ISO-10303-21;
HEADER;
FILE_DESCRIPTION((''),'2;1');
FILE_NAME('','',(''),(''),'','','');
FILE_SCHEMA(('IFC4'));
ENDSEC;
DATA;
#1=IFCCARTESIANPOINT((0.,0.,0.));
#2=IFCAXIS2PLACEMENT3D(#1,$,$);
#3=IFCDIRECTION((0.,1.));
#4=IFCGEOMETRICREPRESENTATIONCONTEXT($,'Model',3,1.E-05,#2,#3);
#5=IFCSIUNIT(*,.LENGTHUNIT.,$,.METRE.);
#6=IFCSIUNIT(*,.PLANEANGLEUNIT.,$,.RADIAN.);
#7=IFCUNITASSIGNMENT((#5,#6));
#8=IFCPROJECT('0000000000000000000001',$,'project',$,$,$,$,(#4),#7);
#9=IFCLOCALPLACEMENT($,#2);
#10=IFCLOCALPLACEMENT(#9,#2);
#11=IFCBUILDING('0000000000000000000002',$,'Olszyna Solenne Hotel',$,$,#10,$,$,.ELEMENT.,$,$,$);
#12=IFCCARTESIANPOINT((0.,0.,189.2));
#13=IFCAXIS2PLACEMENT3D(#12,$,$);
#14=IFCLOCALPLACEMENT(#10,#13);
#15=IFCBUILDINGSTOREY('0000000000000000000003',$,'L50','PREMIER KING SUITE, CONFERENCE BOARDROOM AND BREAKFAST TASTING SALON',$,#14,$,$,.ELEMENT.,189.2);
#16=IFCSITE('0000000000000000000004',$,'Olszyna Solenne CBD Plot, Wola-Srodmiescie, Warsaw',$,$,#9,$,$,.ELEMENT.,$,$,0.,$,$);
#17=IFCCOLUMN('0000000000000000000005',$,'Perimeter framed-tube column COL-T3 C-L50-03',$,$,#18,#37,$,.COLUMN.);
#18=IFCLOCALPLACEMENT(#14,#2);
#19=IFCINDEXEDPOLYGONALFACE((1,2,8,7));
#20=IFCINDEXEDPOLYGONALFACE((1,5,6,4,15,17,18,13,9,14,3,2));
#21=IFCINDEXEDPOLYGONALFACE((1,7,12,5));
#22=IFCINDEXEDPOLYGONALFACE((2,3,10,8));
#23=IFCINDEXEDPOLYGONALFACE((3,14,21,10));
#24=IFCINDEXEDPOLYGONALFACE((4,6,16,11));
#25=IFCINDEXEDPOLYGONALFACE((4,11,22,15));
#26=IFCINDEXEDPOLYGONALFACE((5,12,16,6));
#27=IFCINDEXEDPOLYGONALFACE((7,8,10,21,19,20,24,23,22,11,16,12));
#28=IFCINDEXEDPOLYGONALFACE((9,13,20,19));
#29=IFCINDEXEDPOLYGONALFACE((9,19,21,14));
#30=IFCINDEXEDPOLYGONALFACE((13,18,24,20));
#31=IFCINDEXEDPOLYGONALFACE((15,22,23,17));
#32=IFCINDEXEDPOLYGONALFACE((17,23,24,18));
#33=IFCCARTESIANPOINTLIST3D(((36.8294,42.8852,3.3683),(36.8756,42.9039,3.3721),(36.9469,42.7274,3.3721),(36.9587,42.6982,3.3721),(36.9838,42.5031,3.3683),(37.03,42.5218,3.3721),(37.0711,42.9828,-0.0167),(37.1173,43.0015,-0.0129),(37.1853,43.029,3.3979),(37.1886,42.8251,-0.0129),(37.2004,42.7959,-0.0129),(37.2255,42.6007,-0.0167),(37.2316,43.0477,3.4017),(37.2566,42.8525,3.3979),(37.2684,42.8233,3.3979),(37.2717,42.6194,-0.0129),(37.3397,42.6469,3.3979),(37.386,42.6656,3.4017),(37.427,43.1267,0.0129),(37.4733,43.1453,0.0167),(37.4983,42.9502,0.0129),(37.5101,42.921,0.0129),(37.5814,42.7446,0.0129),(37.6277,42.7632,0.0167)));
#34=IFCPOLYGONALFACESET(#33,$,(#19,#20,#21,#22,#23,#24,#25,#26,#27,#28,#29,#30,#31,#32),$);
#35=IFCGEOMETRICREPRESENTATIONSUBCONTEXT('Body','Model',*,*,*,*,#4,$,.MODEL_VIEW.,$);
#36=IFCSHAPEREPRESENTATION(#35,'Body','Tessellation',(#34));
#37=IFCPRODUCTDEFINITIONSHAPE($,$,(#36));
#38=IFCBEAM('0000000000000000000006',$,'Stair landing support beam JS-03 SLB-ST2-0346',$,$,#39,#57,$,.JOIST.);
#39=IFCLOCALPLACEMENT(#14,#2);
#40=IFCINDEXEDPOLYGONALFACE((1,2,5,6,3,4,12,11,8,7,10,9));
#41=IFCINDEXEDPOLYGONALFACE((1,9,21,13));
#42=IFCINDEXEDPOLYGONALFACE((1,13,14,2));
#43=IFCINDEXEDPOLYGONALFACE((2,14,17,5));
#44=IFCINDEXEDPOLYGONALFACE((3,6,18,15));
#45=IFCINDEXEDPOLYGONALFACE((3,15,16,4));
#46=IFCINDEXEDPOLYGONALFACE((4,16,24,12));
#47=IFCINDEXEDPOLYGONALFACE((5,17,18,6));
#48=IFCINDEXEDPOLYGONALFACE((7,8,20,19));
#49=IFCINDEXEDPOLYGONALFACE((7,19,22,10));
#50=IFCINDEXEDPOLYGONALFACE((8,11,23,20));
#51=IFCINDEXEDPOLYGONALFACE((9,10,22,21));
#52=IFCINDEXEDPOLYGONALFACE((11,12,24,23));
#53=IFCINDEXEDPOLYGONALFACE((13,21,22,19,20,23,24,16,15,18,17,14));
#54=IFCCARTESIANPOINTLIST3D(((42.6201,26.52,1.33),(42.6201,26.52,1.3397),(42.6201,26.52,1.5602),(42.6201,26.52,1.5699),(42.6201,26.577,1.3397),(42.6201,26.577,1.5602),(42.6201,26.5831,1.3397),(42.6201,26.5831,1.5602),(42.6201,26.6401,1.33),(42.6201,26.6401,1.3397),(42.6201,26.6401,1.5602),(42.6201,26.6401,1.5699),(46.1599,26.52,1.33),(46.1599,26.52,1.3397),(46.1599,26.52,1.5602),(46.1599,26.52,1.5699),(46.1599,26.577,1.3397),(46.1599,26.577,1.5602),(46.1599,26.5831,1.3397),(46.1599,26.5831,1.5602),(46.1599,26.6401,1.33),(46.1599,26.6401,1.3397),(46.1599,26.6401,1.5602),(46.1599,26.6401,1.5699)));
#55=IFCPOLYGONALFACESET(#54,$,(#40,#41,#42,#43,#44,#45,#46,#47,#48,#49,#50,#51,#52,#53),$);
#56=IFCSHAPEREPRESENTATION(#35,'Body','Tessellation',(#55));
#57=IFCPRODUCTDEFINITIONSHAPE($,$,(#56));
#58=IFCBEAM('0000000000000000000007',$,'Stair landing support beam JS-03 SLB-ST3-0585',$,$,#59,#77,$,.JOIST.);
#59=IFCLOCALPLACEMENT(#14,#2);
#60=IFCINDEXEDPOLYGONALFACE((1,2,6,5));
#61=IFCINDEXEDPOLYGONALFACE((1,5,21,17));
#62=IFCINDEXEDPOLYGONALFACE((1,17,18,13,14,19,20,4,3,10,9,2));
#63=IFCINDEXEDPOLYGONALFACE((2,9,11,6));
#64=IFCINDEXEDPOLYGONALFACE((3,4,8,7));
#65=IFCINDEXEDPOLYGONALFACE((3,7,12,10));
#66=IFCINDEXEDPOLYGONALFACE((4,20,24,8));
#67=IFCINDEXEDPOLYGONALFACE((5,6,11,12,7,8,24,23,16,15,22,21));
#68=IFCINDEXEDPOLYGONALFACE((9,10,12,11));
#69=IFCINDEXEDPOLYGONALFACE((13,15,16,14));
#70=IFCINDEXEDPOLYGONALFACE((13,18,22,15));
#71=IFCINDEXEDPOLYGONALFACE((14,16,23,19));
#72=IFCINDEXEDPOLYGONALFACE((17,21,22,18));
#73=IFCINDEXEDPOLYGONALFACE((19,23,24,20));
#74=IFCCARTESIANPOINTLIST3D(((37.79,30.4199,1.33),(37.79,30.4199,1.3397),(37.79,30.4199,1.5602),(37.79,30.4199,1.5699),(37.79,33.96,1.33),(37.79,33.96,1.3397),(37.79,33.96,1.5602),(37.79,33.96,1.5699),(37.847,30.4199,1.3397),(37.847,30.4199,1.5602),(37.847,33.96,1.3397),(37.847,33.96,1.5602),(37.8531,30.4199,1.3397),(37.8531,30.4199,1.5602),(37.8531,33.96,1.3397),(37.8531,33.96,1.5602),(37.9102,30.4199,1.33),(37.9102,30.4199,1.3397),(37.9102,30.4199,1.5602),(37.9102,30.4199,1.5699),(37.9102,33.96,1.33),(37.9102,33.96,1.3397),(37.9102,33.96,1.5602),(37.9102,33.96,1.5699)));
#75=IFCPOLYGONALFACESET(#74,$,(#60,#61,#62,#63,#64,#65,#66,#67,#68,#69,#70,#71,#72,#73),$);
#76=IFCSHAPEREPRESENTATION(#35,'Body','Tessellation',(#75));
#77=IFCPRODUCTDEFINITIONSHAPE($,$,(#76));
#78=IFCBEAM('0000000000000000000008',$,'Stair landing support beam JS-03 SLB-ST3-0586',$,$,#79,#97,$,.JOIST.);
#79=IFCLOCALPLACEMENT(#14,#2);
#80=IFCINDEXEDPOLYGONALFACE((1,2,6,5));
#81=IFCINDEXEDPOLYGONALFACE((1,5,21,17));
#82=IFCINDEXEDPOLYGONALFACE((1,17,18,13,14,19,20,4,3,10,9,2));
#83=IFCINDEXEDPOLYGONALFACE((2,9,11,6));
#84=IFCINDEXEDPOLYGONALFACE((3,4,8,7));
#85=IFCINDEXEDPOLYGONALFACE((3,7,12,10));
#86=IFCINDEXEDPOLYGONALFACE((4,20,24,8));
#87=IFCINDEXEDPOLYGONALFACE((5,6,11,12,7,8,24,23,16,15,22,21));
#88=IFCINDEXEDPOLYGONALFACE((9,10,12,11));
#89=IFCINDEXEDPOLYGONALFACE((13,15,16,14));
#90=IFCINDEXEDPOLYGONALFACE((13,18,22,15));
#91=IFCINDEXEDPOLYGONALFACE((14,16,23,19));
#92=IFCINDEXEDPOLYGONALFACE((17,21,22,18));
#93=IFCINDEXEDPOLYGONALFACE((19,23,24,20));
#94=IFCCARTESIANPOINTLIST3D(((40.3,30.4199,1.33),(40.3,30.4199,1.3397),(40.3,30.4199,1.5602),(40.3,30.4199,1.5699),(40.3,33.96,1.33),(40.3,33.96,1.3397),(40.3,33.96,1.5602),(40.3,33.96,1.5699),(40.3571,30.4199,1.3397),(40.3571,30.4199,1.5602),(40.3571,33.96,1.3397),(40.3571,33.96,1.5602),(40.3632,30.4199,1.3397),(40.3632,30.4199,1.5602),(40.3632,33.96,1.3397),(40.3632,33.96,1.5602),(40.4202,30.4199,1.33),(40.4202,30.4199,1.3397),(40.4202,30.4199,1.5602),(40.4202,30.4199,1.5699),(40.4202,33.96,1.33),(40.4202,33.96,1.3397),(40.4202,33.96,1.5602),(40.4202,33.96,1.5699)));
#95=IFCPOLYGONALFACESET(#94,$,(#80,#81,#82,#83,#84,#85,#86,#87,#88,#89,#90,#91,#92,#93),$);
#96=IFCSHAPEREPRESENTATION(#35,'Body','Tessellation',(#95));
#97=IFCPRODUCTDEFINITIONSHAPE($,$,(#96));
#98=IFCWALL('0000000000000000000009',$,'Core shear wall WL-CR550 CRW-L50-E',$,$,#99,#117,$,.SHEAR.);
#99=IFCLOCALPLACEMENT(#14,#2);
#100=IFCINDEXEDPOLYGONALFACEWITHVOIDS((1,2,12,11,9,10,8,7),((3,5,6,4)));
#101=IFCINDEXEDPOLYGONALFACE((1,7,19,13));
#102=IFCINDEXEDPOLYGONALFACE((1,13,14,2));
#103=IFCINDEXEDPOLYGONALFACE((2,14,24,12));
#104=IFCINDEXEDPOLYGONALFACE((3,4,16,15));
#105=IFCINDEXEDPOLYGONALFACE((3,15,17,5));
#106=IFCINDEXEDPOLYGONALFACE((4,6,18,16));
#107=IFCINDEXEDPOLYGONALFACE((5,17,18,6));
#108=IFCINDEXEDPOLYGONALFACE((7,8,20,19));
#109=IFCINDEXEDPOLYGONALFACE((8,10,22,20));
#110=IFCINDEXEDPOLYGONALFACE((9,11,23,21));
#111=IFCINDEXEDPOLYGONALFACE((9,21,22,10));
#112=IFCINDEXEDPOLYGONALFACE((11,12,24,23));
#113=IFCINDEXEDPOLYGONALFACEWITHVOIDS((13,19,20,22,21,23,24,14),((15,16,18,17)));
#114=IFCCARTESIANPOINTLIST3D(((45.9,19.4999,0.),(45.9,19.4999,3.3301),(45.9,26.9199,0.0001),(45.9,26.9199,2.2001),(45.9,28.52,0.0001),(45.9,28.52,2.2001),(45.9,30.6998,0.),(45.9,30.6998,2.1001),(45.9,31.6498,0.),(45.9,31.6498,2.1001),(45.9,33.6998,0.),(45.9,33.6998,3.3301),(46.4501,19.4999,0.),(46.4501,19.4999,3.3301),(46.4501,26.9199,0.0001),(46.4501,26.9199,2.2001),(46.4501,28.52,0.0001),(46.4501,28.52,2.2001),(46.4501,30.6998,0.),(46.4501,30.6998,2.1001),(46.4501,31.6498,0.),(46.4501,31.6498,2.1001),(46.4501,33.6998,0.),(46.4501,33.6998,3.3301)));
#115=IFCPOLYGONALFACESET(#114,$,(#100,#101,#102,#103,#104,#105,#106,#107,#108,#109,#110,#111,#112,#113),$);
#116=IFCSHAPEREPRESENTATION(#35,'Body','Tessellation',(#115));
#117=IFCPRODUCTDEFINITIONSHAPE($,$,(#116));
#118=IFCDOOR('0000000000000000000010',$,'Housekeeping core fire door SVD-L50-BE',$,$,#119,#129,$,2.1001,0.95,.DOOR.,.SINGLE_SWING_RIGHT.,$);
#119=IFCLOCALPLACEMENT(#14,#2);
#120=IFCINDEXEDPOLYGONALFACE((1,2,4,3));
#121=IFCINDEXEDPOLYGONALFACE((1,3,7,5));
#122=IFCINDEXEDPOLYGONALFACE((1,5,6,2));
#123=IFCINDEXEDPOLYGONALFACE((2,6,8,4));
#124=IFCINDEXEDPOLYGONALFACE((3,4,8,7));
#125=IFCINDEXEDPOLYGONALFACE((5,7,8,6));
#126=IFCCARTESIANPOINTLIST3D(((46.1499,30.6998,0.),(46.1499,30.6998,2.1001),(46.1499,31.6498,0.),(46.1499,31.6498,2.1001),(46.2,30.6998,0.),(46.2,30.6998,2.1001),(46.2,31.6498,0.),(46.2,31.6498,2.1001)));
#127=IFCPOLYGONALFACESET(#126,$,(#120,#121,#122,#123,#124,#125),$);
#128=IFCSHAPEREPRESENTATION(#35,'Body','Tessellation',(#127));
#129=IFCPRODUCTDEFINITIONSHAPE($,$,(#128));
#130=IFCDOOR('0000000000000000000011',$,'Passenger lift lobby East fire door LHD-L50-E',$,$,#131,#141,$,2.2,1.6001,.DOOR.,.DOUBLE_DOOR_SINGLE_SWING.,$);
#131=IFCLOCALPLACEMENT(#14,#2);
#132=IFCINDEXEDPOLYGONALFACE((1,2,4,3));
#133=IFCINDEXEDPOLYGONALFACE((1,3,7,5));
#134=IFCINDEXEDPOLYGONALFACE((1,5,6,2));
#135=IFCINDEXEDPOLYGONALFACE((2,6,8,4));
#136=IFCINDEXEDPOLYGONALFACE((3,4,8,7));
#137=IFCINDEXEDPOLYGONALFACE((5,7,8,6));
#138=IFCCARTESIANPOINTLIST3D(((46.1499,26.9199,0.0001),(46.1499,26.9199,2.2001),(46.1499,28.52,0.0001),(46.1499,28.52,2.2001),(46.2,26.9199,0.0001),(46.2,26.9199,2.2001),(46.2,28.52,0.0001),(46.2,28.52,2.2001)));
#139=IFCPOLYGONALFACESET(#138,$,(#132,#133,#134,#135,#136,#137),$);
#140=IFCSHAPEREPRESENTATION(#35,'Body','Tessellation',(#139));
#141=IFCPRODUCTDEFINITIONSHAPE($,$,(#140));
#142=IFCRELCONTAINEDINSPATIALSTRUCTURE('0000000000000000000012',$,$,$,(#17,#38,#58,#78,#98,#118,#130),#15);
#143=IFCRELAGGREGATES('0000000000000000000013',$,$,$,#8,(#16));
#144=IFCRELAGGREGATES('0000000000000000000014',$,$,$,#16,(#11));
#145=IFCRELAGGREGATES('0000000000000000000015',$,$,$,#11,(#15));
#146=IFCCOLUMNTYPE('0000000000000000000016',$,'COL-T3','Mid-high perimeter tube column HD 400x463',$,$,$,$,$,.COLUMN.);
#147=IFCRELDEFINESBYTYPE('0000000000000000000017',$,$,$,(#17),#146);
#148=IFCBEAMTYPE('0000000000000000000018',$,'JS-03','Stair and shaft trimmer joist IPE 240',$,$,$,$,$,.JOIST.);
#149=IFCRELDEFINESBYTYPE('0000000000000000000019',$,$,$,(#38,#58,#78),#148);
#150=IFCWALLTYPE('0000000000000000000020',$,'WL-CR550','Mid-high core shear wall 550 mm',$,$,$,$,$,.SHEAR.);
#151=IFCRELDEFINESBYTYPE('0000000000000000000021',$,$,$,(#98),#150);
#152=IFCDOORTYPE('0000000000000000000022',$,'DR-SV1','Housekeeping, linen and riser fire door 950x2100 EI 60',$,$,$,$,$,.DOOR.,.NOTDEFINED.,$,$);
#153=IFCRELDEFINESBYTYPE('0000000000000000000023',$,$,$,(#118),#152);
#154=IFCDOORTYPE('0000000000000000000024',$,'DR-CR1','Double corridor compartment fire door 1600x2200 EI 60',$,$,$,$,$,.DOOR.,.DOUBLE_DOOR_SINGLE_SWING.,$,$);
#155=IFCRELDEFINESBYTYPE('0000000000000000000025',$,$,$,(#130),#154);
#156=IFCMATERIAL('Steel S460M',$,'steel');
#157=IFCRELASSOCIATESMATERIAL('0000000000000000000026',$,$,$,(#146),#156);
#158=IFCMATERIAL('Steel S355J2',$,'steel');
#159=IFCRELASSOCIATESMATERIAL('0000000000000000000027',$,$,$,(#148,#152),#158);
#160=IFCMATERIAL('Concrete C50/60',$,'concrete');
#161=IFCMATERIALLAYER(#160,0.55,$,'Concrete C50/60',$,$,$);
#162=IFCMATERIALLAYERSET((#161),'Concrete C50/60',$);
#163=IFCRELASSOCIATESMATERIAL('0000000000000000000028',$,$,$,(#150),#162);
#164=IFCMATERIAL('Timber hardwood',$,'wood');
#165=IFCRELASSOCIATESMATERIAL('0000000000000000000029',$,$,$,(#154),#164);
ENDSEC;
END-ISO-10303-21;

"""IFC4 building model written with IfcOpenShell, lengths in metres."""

from ifc_helpers import new_model, si_unit, direction, frame, frame_2d, origin, origin_2d, place, context, subcontext, project, spatial, rectangle, i_section, extrude, source, transform, mapped, material, layer, layer_set, material_profile, profile_set, type_object, type_shapes, element, fill, save


model = new_model("IFC4")

# Units and contexts
model_context = context("Model", 3, precision=1e-05, world=origin(), true_north=direction((0.0, 1.0)))
body_context = subcontext(model_context, "Body", "Model", "MODEL_VIEW")
ifc_project = project(units=[si_unit("LENGTHUNIT", "METRE"), si_unit("PLANEANGLEUNIT", "RADIAN")], contexts=[model_context])

# Site, building, storey
site_placement = place(None, origin())
site = spatial("IfcSite", under=ifc_project, at=site_placement, Name="Olszyna Solenne CBD Plot, Wola-Srodmiescie, Warsaw", CompositionType="ELEMENT", RefElevation=0.0)
building_placement = place(site_placement, origin())
building = spatial("IfcBuilding", under=site, at=building_placement, Name="Olszyna Solenne Hotel", CompositionType="ELEMENT")
storey_placement = place(building_placement, frame((0.0, 0.0, 189.2)))
storey = spatial("IfcBuildingStorey", under=building, at=storey_placement, Name="L50", Description="PREMIER KING SUITE, CONFERENCE BOARDROOM AND BREAKFAST TASTING SALON", CompositionType="ELEMENT", Elevation=189.2)

# Column
ifc_material_1 = material(Name="Steel S460M", Category="steel")
ifc_material_profile_1 = material_profile(ifc_material_1, i_section(OverallWidth=0.4121, OverallDepth=0.4351, WebThickness=0.0315, FlangeThickness=0.05, at=origin_2d()), Name="HD 400x463", Category="load-bearing")
ifc_profile_set_1 = profile_set([ifc_material_profile_1], Name="Steel S460M")
column_type = type_object("IfcColumnType", Name="COL-T3", Description="Mid-high perimeter tube column HD 400x463", PredefinedType="COLUMN", material=ifc_profile_set_1)
shared_shape_1 = source(origin(), body_context, "Body", "SweptSolid", [
    extrude(i_section(OverallWidth=0.4121, OverallDepth=0.4351, WebThickness=0.0315, FlangeThickness=0.05, at=origin_2d()), origin(), (0.0, 0.0, 1.0), 3.395),
])
column_placement = place(storey_placement, frame((37.3494, 42.873, 0.0), z_axis=(-0.071192, -0.028764, 0.997048), x_axis=(0.374618, -0.927179, 0.0)))
element("IfcColumn", 1, at=column_placement, inside=storey, type_object=column_type, Name="Perimeter framed-tube column COL-T3 C-L50-03", PredefinedType="COLUMN", context=body_context, shape_type="MappedRepresentation", body=[
    mapped(shared_shape_1, transform((0.0, 0.0, 0.0), x_axis=(1.0, 0.0, 0.0), y_axis=(0.0, 1.0, 0.0), z_axis=(0.0, 0.0, 1.0), scale=1.0)),
])

# Beams
ifc_material_2 = material(Name="Steel S355J2", Category="steel")
ifc_material_profile_2 = material_profile(ifc_material_2, i_section(OverallWidth=0.1201, OverallDepth=0.24, WebThickness=0.0061, FlangeThickness=0.0098, at=origin_2d()), Name="IPE 240", Category="load-bearing")
ifc_profile_set_2 = profile_set([ifc_material_profile_2], Name="Steel S355J2")
beam_type = type_object("IfcBeamType", Name="JS-03", Description="Stair and shaft trimmer joist IPE 240", PredefinedType="JOIST", material=ifc_profile_set_2)
shared_shape_2 = source(origin(), body_context, "Body", "SweptSolid", [
    extrude(i_section(OverallWidth=0.1201, OverallDepth=0.24, WebThickness=0.0061, FlangeThickness=0.0098, at=origin_2d()), origin(), (0.0, 0.0, 1.0), 3.5398),
])
beam_placement = place(storey_placement, frame((46.1599, 26.5801, 1.45), z_axis=(-1.0, 0.0, 0.0), x_axis=(0.0, -1.0, 0.0)))
element("IfcBeam", 2, at=beam_placement, inside=storey, type_object=beam_type, Name="Stair landing support beam JS-03 SLB-ST2-0346", PredefinedType="JOIST", context=body_context, shape_type="MappedRepresentation", body=[
    mapped(shared_shape_2, transform((0.0, 0.0, 0.0), x_axis=(1.0, 0.0, 0.0), y_axis=(0.0, 1.0, 0.0), z_axis=(0.0, 0.0, 1.0), scale=1.0)),
])
shared_shape_3 = source(origin(), body_context, "Body", "SweptSolid", [
    extrude(i_section(OverallWidth=0.1201, OverallDepth=0.24, WebThickness=0.0061, FlangeThickness=0.0098, at=origin_2d()), origin(), (0.0, 0.0, 1.0), 3.54),
])
for number, where, z_axis, x_axis, name in (
    (3, (37.8501, 30.4199, 1.45), (0.0, 1.0, 0.0), (-1.0, 0.0, 0.0), "Stair landing support beam JS-03 SLB-ST3-0585"),
    (4, (40.3601, 30.4199, 1.45), (0.0, 1.0, 0.0), (-1.0, 0.0, 0.0), "Stair landing support beam JS-03 SLB-ST3-0586"),
):
    element("IfcBeam", number, at=place(storey_placement, frame(where, z_axis=z_axis, x_axis=x_axis)), inside=storey, type_object=beam_type, Name=name, PredefinedType="JOIST", context=body_context, shape_type="MappedRepresentation", body=[
        mapped(shared_shape_3, transform((0.0, 0.0, 0.0), x_axis=(1.0, 0.0, 0.0), y_axis=(0.0, 1.0, 0.0), z_axis=(0.0, 0.0, 1.0), scale=1.0)),
    ])

# Wall, openings, doors
ifc_material_3 = material(Name="Concrete C50/60", Category="concrete")
ifc_layer_1 = layer(ifc_material_3, 0.55, Name="Concrete C50/60")
ifc_layer_set_1 = layer_set([ifc_layer_1], Name="Concrete C50/60")
wall_type_1 = type_object("IfcWallType", Name="WL-CR550", Description="Mid-high core shear wall 550 mm", PredefinedType="SHEAR", material=ifc_layer_set_1)
wall_1_placement = place(storey_placement, frame((46.175, 33.7, 0.0), z_axis=(0.0, 0.0, 1.0), x_axis=(0.0, -1.0, 0.0)))
wall_1 = element("IfcWall", 5, at=wall_1_placement, inside=storey, type_object=wall_type_1, Name="Core shear wall WL-CR550 CRW-L50-E", PredefinedType="SHEAR", context=body_context, shape_type="SweptSolid", body=[
    extrude(rectangle(XDim=14.2, YDim=0.55, at=frame_2d((7.1001, 0.0))), origin(), (0.0, 0.0, 1.0), 3.3301),
])
opening_1_placement = place(wall_1_placement, frame((5.1799, 0.0, 0.0)))
opening_1 = element("IfcOpeningElement", 6, at=opening_1_placement, cuts=wall_1, PredefinedType="OPENING", context=body_context, shape_type="SweptSolid", body=[
    extrude(rectangle(XDim=1.6001, YDim=2.2, at=frame_2d((0.8, 1.1001))), frame((0.0, 0.2852, 0.0), z_axis=(0.0, -1.0, 0.0), x_axis=(1.0, 0.0, 0.0)), (0.0, 0.0, 1.0), 0.5701),
])
opening_2_placement = place(wall_1_placement, frame((2.05, 0.0, 0.0)))
opening_2 = element("IfcOpeningElement", 7, at=opening_2_placement, cuts=wall_1, PredefinedType="OPENING", context=body_context, shape_type="SweptSolid", body=[
    extrude(rectangle(XDim=0.95, YDim=2.1001, at=frame_2d((0.4751, 1.05))), frame((0.0, 0.2852, 0.0), z_axis=(0.0, -1.0, 0.0), x_axis=(1.0, 0.0, 0.0)), (0.0, 0.0, 1.0), 0.5701),
])
door_type_1 = type_object("IfcDoorType", Name="DR-SV1", Description="Housekeeping, linen and riser fire door 950x2100 EI 60", OperationType="NOTDEFINED", PredefinedType="DOOR", material=ifc_material_2)
shared_shape_4 = source(origin(), body_context, "Body", "SweptSolid", [
    extrude(rectangle(XDim=0.95, YDim=2.1001, at=frame_2d((0.4751, 1.05))), frame((0.0, 0.0249, 0.0), z_axis=(0.0, -1.0, 0.0), x_axis=(1.0, 0.0, 0.0)), (0.0, 0.0, 1.0), 0.05),
])
type_shapes(door_type_1, [shared_shape_4])
door_1_placement = place(opening_2_placement, origin())
door_1 = element("IfcDoor", 8, at=door_1_placement, inside=storey, type_object=door_type_1, Name="Housekeeping core fire door SVD-L50-BE", OperationType="SINGLE_SWING_RIGHT", OverallHeight=2.1001, OverallWidth=0.95, PredefinedType="DOOR", context=body_context, shape_type="MappedRepresentation", body=[
    mapped(shared_shape_4, transform((0.0, 0.0, 0.0), x_axis=(1.0, 0.0, 0.0), y_axis=(0.0, 1.0, 0.0), z_axis=(0.0, 0.0, 1.0), scale=1.0)),
])
fill(opening_2, door_1)
ifc_material_4 = material(Name="Timber hardwood", Category="wood")
door_type_2 = type_object("IfcDoorType", Name="DR-CR1", Description="Double corridor compartment fire door 1600x2200 EI 60", OperationType="DOUBLE_DOOR_SINGLE_SWING", PredefinedType="DOOR", material=ifc_material_4)
shared_shape_5 = source(origin(), body_context, "Body", "SweptSolid", [
    extrude(rectangle(XDim=1.6001, YDim=2.2, at=frame_2d((0.8, 1.1001))), frame((0.0, 0.0249, 0.0), z_axis=(0.0, -1.0, 0.0), x_axis=(1.0, 0.0, 0.0)), (0.0, 0.0, 1.0), 0.05),
])
type_shapes(door_type_2, [shared_shape_5])
door_2_placement = place(opening_1_placement, origin())
door_2 = element("IfcDoor", 9, at=door_2_placement, inside=storey, type_object=door_type_2, Name="Passenger lift lobby East fire door LHD-L50-E", OperationType="DOUBLE_DOOR_SINGLE_SWING", OverallHeight=2.2, OverallWidth=1.6001, PredefinedType="DOOR", context=body_context, shape_type="MappedRepresentation", body=[
    mapped(shared_shape_5, transform((0.0, 0.0, 0.0), x_axis=(1.0, 0.0, 0.0), y_axis=(0.0, 1.0, 0.0), z_axis=(0.0, 0.0, 1.0), scale=1.0)),
])
fill(opening_1, door_2)

save(model, "model.ifc")
